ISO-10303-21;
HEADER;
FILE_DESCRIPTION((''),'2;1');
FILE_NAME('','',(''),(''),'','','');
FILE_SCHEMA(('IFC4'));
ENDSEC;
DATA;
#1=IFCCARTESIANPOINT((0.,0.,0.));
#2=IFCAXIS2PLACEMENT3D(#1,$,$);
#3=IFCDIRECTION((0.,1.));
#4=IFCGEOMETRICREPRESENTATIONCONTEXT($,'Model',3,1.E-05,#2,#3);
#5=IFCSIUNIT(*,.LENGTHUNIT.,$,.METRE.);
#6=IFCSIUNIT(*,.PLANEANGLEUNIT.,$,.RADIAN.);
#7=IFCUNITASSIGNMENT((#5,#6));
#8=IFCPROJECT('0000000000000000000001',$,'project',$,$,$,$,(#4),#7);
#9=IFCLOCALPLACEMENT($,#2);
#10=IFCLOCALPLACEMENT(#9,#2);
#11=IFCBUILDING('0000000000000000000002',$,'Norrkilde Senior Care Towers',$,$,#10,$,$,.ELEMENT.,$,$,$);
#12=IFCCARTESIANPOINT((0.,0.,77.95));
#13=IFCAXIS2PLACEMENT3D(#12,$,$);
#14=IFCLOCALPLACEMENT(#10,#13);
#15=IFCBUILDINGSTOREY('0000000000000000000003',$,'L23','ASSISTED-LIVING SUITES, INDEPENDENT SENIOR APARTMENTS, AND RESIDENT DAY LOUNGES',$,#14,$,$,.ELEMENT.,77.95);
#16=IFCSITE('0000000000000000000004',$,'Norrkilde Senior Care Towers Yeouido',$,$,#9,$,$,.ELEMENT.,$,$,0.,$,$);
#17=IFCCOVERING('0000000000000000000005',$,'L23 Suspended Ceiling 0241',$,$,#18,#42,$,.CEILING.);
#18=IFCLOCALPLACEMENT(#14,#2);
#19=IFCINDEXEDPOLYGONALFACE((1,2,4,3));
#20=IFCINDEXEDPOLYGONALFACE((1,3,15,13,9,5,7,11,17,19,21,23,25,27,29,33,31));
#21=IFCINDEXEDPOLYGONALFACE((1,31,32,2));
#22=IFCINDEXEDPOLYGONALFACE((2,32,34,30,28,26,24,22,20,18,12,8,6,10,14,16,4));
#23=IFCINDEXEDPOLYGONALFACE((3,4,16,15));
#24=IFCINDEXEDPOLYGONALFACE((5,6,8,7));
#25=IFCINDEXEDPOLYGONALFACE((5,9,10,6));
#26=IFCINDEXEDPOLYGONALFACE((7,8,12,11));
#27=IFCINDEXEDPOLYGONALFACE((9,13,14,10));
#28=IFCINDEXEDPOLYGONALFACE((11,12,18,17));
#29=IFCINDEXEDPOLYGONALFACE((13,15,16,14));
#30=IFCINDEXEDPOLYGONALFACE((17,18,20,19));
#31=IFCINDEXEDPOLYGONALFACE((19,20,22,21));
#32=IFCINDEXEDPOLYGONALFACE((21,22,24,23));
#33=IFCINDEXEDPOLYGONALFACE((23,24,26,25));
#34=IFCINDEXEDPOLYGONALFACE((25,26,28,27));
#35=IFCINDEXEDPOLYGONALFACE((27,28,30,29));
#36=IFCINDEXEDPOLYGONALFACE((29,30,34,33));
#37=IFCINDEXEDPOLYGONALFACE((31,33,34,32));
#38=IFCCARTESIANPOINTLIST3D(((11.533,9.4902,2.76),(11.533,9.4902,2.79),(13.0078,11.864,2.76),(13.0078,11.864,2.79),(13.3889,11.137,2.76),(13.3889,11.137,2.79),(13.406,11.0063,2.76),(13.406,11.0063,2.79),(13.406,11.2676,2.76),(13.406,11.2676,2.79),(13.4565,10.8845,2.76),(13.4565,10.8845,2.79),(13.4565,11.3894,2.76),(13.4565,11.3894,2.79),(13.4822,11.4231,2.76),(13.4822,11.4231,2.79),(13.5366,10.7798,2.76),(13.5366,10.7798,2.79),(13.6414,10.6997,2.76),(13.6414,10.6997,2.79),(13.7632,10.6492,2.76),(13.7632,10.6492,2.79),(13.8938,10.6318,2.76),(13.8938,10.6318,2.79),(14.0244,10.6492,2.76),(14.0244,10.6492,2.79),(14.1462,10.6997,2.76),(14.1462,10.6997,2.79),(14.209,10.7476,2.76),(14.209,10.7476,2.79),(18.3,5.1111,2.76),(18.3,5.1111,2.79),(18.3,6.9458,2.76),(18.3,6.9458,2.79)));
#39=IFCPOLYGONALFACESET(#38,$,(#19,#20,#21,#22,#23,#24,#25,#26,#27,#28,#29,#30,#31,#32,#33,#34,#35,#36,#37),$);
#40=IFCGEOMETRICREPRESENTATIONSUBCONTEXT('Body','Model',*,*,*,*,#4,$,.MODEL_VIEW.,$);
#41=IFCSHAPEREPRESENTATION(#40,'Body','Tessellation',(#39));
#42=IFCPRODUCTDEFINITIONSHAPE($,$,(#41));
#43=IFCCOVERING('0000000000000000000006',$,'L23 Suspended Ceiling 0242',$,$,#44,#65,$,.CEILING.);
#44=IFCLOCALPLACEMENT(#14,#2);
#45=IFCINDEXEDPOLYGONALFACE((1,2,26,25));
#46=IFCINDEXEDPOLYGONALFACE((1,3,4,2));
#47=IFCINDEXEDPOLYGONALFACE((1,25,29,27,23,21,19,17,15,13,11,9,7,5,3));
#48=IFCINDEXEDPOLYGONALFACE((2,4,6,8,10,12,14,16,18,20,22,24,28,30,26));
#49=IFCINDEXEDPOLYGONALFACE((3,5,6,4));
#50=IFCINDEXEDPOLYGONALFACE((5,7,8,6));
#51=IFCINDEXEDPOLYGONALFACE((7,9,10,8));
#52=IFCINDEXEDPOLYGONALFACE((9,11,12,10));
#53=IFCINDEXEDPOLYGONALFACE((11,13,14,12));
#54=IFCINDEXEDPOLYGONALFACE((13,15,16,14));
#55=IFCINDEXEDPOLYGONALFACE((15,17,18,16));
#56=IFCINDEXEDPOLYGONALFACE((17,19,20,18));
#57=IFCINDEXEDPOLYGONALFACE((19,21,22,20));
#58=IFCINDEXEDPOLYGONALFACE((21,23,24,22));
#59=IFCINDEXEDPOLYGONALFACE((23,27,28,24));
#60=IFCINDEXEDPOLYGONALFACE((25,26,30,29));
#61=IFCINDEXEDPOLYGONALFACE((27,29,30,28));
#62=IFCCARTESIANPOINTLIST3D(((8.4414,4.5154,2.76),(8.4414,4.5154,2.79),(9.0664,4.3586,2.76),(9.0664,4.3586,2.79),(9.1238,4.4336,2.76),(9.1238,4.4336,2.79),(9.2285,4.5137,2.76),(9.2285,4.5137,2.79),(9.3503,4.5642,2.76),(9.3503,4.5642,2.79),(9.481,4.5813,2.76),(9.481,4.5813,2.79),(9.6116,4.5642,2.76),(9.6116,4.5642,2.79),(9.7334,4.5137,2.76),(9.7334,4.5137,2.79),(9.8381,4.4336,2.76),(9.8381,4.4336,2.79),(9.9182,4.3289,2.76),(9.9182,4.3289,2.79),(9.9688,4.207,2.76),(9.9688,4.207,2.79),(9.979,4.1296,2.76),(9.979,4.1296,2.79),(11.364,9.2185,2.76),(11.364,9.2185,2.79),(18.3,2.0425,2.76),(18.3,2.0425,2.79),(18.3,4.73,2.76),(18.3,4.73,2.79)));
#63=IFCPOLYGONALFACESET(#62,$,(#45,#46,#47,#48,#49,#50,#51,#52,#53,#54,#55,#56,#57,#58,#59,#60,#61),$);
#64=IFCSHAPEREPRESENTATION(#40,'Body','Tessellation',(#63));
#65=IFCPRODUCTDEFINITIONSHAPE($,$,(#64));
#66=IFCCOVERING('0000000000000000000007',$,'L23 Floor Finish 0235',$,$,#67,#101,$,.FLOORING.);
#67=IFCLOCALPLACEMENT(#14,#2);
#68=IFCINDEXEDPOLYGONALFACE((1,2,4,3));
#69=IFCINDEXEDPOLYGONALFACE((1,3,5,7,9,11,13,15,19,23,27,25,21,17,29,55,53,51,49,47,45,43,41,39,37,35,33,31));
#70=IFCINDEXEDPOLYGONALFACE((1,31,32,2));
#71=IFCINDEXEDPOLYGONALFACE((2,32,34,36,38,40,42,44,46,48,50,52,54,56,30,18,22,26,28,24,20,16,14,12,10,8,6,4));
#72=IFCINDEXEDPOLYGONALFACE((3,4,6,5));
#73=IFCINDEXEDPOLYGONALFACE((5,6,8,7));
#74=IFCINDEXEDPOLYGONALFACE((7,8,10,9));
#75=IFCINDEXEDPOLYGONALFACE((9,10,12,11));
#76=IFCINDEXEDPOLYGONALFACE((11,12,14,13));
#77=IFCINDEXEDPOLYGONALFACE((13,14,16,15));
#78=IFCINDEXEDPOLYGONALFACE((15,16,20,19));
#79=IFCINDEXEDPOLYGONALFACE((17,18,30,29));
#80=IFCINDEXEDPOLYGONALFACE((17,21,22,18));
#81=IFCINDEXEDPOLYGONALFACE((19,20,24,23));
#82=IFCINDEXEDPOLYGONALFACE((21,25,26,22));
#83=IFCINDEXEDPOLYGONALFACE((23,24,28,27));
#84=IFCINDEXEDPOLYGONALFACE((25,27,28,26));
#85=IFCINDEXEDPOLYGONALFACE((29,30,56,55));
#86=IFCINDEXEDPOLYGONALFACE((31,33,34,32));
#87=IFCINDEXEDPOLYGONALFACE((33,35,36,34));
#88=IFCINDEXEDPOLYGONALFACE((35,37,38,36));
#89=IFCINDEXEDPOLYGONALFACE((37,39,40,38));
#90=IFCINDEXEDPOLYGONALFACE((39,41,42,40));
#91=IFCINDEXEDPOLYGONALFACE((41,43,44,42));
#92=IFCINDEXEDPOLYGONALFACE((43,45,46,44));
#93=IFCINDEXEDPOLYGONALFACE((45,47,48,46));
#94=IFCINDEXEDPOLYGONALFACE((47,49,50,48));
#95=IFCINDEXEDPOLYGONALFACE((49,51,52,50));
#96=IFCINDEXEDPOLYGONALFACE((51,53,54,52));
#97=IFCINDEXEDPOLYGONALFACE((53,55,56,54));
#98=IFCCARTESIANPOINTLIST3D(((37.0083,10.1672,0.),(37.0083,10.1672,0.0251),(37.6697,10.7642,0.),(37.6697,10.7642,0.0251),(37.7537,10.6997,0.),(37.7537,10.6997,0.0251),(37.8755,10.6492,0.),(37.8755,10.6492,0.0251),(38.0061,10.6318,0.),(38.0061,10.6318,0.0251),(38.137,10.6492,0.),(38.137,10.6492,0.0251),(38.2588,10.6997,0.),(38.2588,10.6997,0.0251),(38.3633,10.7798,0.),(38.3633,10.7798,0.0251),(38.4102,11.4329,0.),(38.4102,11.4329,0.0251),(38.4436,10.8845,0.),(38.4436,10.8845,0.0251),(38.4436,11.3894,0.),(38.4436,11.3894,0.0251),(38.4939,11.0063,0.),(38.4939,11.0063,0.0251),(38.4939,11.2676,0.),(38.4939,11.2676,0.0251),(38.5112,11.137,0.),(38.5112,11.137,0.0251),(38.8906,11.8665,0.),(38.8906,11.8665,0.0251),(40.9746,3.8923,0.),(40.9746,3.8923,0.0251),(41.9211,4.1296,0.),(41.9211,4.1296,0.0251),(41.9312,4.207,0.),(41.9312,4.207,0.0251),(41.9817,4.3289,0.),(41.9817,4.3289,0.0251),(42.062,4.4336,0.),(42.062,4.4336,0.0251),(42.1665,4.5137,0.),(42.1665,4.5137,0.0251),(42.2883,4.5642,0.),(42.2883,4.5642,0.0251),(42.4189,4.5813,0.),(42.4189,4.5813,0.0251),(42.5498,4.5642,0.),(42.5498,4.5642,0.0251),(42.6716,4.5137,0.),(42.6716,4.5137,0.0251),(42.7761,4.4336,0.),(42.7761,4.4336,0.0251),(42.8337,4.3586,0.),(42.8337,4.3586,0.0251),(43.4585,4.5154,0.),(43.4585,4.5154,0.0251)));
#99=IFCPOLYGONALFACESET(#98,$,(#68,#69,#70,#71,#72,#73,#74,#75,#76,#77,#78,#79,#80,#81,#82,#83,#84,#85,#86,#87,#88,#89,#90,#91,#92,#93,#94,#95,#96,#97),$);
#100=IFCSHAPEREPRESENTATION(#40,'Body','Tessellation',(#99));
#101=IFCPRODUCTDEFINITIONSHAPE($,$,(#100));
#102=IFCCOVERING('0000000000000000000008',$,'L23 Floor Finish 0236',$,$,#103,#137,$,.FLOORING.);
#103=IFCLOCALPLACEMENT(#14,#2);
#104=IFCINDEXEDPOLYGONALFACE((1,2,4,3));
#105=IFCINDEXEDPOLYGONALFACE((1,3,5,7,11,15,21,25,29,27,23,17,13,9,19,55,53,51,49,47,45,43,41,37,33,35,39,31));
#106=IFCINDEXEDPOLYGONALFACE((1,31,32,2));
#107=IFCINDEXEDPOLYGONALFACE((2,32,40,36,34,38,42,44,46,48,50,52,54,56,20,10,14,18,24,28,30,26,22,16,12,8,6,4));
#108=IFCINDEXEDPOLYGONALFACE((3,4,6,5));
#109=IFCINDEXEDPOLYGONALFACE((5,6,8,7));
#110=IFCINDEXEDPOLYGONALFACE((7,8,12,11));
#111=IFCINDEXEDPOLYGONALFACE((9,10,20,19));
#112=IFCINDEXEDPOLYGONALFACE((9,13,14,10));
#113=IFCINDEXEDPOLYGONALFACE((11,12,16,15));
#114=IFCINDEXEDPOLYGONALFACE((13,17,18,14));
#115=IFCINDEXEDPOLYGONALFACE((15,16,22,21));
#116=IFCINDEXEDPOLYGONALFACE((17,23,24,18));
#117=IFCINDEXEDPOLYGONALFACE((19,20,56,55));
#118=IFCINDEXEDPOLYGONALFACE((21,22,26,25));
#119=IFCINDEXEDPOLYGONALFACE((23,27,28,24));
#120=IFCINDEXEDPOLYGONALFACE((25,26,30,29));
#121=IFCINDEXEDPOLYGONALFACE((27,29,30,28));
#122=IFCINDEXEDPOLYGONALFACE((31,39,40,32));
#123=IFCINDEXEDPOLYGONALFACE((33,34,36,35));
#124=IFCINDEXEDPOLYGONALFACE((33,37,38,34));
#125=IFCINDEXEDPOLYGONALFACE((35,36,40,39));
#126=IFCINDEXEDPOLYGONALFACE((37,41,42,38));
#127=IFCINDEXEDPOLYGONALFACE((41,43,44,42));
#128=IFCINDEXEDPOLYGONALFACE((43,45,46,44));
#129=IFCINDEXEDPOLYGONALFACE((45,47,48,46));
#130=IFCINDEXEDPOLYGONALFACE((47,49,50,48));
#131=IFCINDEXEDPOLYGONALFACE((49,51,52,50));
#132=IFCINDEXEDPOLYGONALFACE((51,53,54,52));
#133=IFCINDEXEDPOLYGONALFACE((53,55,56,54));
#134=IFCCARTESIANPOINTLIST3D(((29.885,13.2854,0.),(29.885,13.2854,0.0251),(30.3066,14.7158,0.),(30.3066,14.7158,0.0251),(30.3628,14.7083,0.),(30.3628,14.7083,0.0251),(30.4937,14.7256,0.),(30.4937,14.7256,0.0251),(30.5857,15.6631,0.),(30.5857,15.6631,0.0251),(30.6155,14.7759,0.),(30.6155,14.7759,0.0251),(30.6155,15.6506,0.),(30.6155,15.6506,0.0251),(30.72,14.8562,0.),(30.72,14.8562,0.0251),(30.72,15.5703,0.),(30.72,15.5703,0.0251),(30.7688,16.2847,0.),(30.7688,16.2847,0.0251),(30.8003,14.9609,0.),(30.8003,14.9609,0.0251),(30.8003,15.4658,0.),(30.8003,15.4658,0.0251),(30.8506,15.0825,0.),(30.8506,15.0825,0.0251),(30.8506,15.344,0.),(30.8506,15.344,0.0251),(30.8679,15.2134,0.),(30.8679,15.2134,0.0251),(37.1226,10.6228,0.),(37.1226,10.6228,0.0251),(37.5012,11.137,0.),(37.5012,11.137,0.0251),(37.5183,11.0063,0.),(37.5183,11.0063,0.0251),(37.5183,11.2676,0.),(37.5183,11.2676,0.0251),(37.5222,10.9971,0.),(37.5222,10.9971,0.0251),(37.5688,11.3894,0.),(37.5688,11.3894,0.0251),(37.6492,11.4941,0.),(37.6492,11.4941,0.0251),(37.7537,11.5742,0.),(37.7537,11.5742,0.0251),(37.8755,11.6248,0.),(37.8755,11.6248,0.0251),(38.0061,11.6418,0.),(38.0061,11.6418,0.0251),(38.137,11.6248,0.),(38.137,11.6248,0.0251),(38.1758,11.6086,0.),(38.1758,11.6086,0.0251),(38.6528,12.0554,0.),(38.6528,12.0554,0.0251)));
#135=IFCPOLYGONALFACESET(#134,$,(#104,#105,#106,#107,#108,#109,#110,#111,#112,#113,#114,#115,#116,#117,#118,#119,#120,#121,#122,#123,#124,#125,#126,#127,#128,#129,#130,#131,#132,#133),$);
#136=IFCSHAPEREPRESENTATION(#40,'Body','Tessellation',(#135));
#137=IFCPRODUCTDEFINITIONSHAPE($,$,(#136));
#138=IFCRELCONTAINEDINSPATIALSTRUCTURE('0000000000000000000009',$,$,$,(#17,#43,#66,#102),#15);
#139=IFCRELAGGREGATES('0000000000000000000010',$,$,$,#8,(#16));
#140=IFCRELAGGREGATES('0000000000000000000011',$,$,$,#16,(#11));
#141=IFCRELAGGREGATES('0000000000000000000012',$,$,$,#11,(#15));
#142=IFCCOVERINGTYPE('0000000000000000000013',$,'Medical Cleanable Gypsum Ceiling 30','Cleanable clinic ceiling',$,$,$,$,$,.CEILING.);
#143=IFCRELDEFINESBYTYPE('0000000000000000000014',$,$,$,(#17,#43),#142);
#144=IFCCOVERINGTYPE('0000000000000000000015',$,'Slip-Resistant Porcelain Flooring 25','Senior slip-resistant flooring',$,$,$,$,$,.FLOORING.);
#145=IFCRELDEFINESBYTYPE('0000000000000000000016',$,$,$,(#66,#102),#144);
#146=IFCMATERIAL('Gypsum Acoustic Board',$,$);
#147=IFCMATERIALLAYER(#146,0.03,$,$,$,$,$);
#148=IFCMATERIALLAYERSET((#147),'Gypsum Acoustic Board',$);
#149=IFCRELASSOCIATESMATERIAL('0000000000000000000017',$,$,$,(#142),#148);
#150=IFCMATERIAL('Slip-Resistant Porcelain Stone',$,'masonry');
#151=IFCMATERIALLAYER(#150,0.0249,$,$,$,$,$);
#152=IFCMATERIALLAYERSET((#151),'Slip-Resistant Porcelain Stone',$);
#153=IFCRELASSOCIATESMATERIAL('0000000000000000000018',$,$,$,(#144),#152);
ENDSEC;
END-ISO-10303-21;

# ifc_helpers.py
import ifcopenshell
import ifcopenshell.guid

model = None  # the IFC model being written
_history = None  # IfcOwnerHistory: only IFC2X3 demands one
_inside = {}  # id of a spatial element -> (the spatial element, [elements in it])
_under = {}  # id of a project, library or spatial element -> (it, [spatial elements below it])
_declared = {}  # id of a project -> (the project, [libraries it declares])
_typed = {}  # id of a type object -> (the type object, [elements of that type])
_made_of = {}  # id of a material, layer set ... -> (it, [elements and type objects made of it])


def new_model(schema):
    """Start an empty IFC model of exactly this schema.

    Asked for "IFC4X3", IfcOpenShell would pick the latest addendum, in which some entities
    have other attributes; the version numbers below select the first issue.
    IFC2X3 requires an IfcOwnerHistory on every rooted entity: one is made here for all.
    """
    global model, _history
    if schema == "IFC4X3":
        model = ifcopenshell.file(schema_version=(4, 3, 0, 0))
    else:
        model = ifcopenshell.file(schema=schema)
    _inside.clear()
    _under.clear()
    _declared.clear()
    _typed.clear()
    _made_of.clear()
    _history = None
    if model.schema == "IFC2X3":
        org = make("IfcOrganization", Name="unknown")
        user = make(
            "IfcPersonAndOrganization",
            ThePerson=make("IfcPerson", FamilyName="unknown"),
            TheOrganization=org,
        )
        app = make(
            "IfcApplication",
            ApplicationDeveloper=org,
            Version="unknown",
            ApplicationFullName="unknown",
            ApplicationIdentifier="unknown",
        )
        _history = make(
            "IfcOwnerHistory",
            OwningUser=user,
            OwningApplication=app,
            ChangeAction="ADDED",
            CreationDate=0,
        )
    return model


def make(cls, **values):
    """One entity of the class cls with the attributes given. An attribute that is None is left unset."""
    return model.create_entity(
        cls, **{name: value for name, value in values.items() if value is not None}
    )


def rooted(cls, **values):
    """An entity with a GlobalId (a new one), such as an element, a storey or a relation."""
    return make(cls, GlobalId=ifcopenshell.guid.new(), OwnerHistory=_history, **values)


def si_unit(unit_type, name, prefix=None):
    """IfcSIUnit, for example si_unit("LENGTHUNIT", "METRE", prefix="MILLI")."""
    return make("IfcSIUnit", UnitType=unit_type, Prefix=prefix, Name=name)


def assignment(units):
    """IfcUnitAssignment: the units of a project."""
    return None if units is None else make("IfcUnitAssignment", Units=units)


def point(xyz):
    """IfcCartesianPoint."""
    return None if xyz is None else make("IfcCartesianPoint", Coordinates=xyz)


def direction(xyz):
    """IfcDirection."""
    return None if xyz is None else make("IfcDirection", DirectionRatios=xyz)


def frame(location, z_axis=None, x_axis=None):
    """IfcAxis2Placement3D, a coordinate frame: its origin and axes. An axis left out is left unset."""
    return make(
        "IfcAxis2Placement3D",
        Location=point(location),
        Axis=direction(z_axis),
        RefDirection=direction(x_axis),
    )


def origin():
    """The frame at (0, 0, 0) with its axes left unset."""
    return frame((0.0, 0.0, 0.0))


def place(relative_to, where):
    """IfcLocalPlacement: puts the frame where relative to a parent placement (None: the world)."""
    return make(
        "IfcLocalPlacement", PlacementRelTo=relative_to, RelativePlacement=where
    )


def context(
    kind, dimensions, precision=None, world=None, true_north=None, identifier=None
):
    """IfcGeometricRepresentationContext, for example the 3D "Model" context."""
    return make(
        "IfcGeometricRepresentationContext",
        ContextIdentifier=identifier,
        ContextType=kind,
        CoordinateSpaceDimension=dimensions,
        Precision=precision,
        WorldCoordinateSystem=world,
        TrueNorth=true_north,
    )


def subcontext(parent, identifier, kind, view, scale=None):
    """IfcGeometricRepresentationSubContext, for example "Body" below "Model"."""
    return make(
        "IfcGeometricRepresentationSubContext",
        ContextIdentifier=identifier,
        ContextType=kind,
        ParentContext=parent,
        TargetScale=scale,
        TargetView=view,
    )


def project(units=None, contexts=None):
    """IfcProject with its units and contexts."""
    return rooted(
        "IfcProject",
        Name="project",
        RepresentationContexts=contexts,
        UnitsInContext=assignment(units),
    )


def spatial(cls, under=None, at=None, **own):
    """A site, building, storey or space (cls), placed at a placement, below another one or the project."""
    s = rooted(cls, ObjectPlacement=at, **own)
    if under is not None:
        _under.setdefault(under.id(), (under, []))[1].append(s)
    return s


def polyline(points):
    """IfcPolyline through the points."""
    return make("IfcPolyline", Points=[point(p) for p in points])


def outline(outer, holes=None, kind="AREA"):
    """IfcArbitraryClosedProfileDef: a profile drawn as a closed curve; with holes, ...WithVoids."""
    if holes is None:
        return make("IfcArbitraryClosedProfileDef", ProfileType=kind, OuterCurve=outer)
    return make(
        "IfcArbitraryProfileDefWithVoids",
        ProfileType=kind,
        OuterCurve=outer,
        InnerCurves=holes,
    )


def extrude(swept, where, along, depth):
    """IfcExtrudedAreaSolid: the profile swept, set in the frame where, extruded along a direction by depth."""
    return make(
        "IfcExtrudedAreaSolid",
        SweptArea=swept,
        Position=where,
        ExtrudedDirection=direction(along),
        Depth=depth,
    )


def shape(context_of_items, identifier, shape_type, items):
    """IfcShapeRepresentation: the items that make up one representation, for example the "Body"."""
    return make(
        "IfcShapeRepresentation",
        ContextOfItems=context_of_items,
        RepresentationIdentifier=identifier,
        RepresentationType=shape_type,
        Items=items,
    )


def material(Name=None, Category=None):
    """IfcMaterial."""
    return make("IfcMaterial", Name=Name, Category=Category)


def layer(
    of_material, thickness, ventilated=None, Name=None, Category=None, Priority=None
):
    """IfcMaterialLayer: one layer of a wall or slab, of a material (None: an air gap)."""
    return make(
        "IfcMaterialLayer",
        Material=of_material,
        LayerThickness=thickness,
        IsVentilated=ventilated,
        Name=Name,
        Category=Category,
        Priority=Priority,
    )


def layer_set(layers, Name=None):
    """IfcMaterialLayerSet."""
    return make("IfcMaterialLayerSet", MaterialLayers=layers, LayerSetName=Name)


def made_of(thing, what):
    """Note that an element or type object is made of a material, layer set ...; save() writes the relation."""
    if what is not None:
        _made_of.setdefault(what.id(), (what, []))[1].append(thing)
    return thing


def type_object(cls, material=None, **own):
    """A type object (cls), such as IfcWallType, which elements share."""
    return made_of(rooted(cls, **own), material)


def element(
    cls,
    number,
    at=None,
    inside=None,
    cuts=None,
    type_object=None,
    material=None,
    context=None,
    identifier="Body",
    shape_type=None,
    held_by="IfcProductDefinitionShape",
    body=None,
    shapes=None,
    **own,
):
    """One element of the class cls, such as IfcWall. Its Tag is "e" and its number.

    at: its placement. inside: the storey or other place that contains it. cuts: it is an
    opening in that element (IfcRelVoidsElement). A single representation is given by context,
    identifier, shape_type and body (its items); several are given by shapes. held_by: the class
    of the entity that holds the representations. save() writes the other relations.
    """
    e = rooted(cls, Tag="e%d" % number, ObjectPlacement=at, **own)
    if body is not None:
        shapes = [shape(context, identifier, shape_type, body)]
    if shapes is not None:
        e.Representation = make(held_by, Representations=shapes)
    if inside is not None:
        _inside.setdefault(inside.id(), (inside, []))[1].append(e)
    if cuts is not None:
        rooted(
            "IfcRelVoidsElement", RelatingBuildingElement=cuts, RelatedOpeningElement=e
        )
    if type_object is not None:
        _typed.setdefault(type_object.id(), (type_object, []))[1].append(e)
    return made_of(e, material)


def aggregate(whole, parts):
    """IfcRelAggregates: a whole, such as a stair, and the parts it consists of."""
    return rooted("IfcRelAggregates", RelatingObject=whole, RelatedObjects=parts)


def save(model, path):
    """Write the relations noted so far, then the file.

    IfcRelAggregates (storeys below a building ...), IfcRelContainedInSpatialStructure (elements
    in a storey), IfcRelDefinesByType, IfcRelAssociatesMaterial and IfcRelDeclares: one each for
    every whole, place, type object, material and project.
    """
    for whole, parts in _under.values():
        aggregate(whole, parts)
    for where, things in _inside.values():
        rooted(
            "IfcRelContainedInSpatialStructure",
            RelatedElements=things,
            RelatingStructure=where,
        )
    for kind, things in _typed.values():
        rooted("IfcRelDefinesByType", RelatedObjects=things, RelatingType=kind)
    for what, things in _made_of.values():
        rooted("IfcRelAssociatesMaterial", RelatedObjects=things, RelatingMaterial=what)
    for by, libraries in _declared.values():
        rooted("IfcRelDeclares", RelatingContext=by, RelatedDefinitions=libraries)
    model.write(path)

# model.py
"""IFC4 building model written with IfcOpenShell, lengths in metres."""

from ifc_helpers import new_model, si_unit, direction, frame, origin, place, context, subcontext, project, spatial, polyline, outline, extrude, material, layer, layer_set, type_object, element, save


model = new_model("IFC4")

# Units and contexts
model_context = context("Model", 3, precision=1e-05, world=origin(), true_north=direction((0.0, 1.0)))
body_context = subcontext(model_context, "Body", "Model", "MODEL_VIEW")
ifc_project = project(units=[si_unit("LENGTHUNIT", "METRE"), si_unit("PLANEANGLEUNIT", "RADIAN")], contexts=[model_context])

# Site, building, storey
site_placement = place(None, origin())
site = spatial("IfcSite", under=ifc_project, at=site_placement, Name="Norrkilde Senior Care Towers Yeouido", CompositionType="ELEMENT", RefElevation=0.0)
building_placement = place(site_placement, origin())
building = spatial("IfcBuilding", under=site, at=building_placement, Name="Norrkilde Senior Care Towers", CompositionType="ELEMENT")
storey_placement = place(building_placement, frame((0.0, 0.0, 77.95)))
storey = spatial("IfcBuildingStorey", under=building, at=storey_placement, Name="L23", Description="ASSISTED-LIVING SUITES, INDEPENDENT SENIOR APARTMENTS, AND RESIDENT DAY LOUNGES", CompositionType="ELEMENT", Elevation=77.95)

# Coverings
ifc_material_1 = material(Name="Gypsum Acoustic Board")
ifc_layer_1 = layer(ifc_material_1, 0.03)
ifc_layer_set_1 = layer_set([ifc_layer_1], Name="Gypsum Acoustic Board")
covering_type_1 = type_object("IfcCoveringType", Name="Medical Cleanable Gypsum Ceiling 30", Description="Cleanable clinic ceiling", PredefinedType="CEILING", material=ifc_layer_set_1)
covering_1_placement = place(storey_placement, frame((0.0, 0.0, 2.76)))
element("IfcCovering", 1, at=covering_1_placement, inside=storey, type_object=covering_type_1, Name="L23 Suspended Ceiling 0241", PredefinedType="CEILING", context=body_context, shape_type="SweptSolid", body=[
    extrude(outline(polyline([(13.4822, 11.4231), (13.4565, 11.3894), (13.406, 11.2676), (13.3889, 11.137), (13.406, 11.0063), (13.4565, 10.8845), (13.5366, 10.7798), (13.6414, 10.6997), (13.7632, 10.6492), (13.8938, 10.6318), (14.0244, 10.6492), (14.1462, 10.6997), (14.209, 10.7476), (18.3, 6.9458), (18.3, 5.1111), (11.533, 9.4902), (13.0078, 11.864), (13.4822, 11.4231)])), origin(), (0.0, 0.0, 1.0), 0.03),
])
covering_2_placement = place(storey_placement, frame((0.0, 0.0, 2.76)))
element("IfcCovering", 2, at=covering_2_placement, inside=storey, type_object=covering_type_1, Name="L23 Suspended Ceiling 0242", PredefinedType="CEILING", context=body_context, shape_type="SweptSolid", body=[
    extrude(outline(polyline([(11.364, 9.2185), (18.3, 4.73), (18.3, 2.0425), (9.979, 4.1296), (9.9688, 4.207), (9.9182, 4.3289), (9.8381, 4.4336), (9.7334, 4.5137), (9.6116, 4.5642), (9.481, 4.5813), (9.3503, 4.5642), (9.2285, 4.5137), (9.1238, 4.4336), (9.0664, 4.3586), (8.4414, 4.5154), (11.364, 9.2185)])), origin(), (0.0, 0.0, 1.0), 0.03),
])
ifc_material_2 = material(Name="Slip-Resistant Porcelain Stone", Category="masonry")
ifc_layer_2 = layer(ifc_material_2, 0.0249)
ifc_layer_set_2 = layer_set([ifc_layer_2], Name="Slip-Resistant Porcelain Stone")
covering_type_2 = type_object("IfcCoveringType", Name="Slip-Resistant Porcelain Flooring 25", Description="Senior slip-resistant flooring", PredefinedType="FLOORING", material=ifc_layer_set_2)
covering_3_placement = place(storey_placement, origin())
element("IfcCovering", 3, at=covering_3_placement, inside=storey, type_object=covering_type_2, Name="L23 Floor Finish 0235", PredefinedType="FLOORING", context=body_context, shape_type="SweptSolid", body=[
    extrude(outline(polyline([(42.8337, 4.3586), (42.7761, 4.4336), (42.6716, 4.5137), (42.5498, 4.5642), (42.4189, 4.5813), (42.2883, 4.5642), (42.1665, 4.5137), (42.062, 4.4336), (41.9817, 4.3289), (41.9312, 4.207), (41.9211, 4.1296), (40.9746, 3.8923), (37.0083, 10.1672), (37.6697, 10.7642), (37.7537, 10.6997), (37.8755, 10.6492), (38.0061, 10.6318), (38.137, 10.6492), (38.2588, 10.6997), (38.3633, 10.7798), (38.4436, 10.8845), (38.4939, 11.0063), (38.5112, 11.137), (38.4939, 11.2676), (38.4436, 11.3894), (38.4102, 11.4329), (38.8906, 11.8665), (43.4585, 4.5154), (42.8337, 4.3586)])), origin(), (0.0, 0.0, 1.0), 0.0251),
])
covering_4_placement = place(storey_placement, origin())
element("IfcCovering", 4, at=covering_4_placement, inside=storey, type_object=covering_type_2, Name="L23 Floor Finish 0236", PredefinedType="FLOORING", context=body_context, shape_type="SweptSolid", body=[
    extrude(outline(polyline([(38.1758, 11.6086), (38.137, 11.6248), (38.0061, 11.6418), (37.8755, 11.6248), (37.7537, 11.5742), (37.6492, 11.4941), (37.5688, 11.3894), (37.5183, 11.2676), (37.5012, 11.137), (37.5183, 11.0063), (37.5222, 10.9971), (37.1226, 10.6228), (29.885, 13.2854), (30.3066, 14.7158), (30.3628, 14.7083), (30.4937, 14.7256), (30.6155, 14.7759), (30.72, 14.8562), (30.8003, 14.9609), (30.8506, 15.0825), (30.8679, 15.2134), (30.8506, 15.344), (30.8003, 15.4658), (30.72, 15.5703), (30.6155, 15.6506), (30.5857, 15.6631), (30.7688, 16.2847), (38.6528, 12.0554), (38.1758, 11.6086)])), origin(), (0.0, 0.0, 1.0), 0.0251),
])

save(model, "model.ifc")
